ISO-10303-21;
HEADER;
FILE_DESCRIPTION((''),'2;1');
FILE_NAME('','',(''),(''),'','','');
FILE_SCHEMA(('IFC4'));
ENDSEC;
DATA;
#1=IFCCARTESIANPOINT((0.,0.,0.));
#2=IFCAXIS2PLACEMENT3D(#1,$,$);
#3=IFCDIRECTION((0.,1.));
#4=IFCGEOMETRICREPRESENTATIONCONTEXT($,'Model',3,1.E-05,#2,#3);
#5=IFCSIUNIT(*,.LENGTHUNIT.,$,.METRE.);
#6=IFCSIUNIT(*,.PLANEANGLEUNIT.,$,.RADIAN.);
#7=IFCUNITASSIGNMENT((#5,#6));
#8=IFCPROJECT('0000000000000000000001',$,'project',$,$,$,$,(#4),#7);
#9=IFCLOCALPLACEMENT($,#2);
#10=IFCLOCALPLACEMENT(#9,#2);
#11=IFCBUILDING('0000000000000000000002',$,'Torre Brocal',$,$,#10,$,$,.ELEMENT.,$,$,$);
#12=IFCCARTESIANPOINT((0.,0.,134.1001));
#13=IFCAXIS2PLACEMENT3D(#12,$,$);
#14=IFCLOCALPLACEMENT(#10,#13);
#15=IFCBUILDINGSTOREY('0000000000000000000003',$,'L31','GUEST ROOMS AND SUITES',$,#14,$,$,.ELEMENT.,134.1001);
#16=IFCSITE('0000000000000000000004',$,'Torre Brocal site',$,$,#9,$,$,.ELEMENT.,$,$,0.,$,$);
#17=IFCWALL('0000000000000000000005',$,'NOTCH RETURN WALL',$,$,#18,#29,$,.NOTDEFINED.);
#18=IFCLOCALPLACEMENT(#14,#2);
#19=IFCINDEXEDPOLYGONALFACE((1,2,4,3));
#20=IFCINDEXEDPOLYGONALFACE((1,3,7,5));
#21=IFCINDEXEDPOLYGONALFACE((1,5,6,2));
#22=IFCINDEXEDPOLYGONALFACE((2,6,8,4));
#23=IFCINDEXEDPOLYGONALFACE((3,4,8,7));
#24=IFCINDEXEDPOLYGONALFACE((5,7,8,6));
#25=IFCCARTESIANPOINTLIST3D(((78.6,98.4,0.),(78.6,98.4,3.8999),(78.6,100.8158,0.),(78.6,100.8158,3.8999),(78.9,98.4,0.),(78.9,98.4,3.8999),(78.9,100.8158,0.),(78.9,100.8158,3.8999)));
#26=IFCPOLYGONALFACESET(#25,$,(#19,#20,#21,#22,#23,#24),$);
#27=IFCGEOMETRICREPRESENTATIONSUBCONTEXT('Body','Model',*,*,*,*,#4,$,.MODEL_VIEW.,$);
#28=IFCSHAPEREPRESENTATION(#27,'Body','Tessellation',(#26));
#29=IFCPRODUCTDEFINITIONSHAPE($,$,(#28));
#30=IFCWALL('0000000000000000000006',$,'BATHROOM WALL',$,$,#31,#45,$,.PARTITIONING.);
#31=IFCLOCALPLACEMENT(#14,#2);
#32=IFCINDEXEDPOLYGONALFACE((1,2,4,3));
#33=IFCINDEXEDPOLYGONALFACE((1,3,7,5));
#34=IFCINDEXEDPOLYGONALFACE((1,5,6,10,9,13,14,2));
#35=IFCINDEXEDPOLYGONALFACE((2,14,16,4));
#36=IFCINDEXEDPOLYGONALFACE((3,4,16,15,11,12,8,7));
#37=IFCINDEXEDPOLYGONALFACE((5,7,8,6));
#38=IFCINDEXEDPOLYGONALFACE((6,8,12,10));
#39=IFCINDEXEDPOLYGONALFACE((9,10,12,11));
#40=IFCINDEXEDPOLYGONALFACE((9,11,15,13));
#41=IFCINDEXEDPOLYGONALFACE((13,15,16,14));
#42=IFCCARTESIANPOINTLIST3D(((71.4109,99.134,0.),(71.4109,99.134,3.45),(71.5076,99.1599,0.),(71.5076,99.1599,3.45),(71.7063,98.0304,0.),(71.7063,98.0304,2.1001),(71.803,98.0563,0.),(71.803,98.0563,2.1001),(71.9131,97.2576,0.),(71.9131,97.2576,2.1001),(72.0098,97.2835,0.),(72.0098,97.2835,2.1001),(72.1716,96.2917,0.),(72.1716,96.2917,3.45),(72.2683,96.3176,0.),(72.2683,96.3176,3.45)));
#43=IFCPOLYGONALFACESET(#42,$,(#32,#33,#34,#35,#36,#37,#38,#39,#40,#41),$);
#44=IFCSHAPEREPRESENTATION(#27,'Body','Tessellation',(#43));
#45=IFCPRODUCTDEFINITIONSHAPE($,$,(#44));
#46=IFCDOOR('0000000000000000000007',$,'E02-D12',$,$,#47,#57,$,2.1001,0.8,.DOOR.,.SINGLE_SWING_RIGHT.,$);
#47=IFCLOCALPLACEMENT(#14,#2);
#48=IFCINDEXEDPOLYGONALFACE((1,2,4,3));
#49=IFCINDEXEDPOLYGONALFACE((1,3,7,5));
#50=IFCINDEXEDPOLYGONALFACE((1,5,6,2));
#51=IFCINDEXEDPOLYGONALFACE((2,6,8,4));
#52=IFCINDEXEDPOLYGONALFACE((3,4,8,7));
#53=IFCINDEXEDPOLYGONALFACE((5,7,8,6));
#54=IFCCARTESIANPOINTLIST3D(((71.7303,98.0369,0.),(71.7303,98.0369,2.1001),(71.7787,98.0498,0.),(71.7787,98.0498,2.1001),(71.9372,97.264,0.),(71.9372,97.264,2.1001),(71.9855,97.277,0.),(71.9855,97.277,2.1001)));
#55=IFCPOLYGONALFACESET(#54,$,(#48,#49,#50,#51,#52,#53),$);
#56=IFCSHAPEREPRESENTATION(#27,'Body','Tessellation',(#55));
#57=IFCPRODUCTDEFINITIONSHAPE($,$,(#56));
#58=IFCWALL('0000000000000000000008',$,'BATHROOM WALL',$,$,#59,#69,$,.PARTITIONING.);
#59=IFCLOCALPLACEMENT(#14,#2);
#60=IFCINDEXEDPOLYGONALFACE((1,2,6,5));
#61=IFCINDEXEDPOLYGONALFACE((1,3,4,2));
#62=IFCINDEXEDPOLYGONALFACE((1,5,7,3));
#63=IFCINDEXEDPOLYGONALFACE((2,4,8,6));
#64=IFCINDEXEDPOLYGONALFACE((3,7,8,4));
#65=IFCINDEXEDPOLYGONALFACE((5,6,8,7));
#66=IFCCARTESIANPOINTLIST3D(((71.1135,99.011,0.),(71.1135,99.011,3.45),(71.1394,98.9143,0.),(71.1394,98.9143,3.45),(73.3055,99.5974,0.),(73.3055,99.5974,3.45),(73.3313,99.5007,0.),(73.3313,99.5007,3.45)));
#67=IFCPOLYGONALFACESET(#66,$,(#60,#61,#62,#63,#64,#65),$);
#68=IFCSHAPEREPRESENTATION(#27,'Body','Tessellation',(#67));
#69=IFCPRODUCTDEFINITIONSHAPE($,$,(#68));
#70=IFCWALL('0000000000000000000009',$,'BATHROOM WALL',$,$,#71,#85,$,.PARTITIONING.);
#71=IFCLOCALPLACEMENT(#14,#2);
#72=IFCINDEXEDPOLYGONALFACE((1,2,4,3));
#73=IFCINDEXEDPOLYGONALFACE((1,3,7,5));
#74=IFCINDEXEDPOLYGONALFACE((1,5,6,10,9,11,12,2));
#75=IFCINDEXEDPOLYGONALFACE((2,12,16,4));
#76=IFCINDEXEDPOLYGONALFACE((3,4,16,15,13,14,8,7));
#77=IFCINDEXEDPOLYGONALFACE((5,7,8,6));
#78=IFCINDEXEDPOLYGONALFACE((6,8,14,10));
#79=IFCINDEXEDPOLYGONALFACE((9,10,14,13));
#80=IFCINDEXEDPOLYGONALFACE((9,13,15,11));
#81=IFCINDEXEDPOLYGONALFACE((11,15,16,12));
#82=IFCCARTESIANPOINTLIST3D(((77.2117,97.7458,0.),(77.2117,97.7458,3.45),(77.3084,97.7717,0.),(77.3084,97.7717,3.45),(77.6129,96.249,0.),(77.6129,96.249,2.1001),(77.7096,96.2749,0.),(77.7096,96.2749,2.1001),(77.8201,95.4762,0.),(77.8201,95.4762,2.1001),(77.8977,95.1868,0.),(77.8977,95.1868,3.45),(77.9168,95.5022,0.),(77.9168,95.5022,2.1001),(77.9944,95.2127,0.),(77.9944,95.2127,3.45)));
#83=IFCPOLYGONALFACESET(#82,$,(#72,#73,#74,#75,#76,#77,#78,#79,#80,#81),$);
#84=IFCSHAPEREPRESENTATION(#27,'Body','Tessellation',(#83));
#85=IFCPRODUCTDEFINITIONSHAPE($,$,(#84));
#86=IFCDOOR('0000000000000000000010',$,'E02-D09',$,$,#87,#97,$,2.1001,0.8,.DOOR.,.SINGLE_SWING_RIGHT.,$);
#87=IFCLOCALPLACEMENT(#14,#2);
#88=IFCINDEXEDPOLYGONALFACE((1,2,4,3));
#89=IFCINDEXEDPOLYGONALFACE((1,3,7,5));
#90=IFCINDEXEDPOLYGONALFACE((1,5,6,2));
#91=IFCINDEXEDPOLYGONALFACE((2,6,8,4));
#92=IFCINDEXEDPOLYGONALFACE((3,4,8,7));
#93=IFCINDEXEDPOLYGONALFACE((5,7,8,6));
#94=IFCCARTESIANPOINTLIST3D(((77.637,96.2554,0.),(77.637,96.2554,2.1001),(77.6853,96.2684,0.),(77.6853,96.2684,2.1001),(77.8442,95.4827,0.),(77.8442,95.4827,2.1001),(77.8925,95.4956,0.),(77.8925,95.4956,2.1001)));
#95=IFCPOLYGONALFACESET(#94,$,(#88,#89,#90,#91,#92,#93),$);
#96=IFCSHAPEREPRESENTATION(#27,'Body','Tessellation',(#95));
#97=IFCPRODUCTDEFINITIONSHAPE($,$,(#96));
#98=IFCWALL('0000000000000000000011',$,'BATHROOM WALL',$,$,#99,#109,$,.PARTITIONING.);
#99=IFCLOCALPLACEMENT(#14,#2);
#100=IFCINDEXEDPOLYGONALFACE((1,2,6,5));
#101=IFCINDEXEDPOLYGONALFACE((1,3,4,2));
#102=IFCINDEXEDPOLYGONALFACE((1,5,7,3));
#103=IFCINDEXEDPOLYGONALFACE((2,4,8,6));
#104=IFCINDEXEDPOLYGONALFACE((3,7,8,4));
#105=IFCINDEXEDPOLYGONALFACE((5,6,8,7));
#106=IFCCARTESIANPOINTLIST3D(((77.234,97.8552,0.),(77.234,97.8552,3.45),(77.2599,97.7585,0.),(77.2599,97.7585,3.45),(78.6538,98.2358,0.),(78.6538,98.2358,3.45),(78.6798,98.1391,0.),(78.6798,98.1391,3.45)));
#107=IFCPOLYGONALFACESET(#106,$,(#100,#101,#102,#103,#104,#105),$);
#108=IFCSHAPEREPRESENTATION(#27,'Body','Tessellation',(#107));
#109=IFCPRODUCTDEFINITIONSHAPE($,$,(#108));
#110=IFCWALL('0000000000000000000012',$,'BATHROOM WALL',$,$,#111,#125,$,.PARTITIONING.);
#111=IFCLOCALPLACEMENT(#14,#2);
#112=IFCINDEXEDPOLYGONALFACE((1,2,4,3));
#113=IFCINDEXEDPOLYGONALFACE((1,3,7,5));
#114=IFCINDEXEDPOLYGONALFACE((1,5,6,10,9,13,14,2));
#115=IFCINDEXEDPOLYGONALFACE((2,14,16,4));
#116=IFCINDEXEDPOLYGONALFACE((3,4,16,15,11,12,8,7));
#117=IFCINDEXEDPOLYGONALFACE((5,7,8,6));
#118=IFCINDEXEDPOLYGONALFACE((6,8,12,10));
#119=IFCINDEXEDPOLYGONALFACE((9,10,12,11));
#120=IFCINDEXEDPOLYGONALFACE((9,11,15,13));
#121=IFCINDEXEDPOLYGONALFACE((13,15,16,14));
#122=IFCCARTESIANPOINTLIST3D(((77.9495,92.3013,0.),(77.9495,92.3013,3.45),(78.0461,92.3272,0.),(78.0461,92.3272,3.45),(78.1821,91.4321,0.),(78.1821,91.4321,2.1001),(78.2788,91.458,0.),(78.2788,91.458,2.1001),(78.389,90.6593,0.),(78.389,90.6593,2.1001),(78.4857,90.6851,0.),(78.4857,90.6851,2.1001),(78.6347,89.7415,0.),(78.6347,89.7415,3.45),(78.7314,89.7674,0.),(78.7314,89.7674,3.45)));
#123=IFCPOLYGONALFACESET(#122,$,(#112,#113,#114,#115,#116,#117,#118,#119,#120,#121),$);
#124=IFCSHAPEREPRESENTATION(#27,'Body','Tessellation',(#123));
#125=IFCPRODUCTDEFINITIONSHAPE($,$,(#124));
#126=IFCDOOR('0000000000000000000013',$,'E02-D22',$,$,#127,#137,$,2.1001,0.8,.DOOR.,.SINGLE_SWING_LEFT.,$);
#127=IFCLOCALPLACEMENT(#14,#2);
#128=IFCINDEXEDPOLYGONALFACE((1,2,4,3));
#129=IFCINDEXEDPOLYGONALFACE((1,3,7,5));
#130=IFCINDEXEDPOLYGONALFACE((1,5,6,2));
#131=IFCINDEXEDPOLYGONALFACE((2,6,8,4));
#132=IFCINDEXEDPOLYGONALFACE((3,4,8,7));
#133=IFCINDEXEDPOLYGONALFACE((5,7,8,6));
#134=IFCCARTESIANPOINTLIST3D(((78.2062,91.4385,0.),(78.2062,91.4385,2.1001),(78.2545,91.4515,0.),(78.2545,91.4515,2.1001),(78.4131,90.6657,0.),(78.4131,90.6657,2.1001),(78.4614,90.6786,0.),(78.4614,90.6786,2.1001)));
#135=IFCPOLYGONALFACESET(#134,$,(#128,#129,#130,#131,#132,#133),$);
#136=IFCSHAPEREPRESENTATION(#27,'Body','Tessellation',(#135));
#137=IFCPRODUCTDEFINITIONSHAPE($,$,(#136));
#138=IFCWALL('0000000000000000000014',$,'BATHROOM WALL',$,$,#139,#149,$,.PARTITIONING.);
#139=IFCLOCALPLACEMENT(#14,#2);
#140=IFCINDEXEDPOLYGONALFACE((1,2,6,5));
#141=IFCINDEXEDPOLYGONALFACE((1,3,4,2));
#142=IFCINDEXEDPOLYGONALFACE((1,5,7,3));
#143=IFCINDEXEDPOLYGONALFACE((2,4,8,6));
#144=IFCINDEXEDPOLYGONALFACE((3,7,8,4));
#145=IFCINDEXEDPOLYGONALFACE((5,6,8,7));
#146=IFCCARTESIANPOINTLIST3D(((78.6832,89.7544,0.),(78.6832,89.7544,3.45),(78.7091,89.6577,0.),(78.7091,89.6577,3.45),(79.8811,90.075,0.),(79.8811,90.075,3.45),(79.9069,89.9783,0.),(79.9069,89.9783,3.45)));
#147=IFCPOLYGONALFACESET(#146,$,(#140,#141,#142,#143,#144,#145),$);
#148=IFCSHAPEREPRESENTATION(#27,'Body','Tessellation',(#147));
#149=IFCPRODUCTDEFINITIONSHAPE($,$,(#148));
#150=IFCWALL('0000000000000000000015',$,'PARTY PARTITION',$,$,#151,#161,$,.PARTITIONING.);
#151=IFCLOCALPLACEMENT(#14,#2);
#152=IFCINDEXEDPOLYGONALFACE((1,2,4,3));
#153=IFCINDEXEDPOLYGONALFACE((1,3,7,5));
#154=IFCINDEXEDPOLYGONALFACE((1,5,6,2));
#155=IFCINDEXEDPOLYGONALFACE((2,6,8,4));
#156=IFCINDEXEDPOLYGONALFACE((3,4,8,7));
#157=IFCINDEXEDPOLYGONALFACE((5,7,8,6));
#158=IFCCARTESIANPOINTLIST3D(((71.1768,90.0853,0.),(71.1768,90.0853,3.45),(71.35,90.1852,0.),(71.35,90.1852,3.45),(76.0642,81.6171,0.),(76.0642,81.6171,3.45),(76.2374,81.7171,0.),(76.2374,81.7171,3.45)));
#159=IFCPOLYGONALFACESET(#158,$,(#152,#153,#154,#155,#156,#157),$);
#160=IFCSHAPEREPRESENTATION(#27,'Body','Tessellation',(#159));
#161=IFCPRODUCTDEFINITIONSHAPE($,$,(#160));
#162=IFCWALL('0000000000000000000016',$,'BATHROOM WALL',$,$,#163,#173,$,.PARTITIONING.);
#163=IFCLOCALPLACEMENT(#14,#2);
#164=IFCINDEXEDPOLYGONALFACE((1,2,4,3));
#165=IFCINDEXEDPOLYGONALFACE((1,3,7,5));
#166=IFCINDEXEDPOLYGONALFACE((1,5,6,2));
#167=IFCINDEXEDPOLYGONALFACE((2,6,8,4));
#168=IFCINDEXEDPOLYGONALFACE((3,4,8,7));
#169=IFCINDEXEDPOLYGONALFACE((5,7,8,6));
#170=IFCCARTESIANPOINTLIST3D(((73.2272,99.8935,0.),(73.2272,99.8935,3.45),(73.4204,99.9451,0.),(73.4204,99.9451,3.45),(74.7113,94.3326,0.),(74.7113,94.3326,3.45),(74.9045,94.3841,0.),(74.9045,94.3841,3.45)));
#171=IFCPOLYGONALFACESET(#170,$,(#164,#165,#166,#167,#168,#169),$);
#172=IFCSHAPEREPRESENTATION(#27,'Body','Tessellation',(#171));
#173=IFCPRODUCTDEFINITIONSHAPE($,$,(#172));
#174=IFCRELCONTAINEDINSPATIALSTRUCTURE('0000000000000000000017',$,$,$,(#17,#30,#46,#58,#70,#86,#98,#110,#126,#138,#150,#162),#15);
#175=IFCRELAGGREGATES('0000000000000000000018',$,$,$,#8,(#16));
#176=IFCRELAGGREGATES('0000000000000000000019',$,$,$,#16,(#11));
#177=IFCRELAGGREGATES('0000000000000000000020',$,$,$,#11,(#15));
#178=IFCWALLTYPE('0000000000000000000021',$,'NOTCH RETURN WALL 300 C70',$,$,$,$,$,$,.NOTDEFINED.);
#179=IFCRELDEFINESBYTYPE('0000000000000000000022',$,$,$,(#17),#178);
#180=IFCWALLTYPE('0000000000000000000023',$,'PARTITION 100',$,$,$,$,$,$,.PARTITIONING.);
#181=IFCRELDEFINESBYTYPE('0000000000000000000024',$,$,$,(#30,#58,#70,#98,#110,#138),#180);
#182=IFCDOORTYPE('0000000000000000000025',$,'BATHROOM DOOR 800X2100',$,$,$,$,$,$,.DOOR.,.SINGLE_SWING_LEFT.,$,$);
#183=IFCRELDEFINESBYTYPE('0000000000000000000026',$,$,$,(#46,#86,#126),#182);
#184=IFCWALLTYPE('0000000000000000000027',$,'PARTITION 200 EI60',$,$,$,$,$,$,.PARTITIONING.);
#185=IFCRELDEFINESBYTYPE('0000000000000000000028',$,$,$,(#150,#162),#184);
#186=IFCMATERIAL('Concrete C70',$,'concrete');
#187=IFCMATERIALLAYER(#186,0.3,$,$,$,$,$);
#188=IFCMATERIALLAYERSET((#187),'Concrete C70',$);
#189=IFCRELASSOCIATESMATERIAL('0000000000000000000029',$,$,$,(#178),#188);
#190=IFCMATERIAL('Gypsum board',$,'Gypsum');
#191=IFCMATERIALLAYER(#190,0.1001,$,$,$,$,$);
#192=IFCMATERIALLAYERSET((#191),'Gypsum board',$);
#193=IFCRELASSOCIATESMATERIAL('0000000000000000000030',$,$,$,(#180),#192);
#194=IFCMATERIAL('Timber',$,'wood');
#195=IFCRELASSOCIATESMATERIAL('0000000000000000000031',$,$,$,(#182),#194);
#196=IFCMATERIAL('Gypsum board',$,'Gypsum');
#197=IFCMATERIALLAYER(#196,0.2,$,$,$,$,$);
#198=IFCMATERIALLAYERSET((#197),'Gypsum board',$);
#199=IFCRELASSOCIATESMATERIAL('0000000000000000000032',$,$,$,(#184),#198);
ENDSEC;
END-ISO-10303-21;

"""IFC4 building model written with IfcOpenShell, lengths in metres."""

from ifc_helpers import new_model, si_unit, direction, frame, frame_2d, origin, place, context, subcontext, project, spatial, rectangle, extrude, material, layer, layer_set, type_object, element, fill, save


model = new_model("IFC4")

# Units and contexts
model_context = context("Model", 3, precision=1e-05, world=origin(), true_north=direction((0.0, 1.0)))
body_context = subcontext(model_context, "Body", "Model", "MODEL_VIEW")
ifc_project = project(units=[si_unit("LENGTHUNIT", "METRE"), si_unit("PLANEANGLEUNIT", "RADIAN")], contexts=[model_context])

# Site, building, storey
site_placement = place(None, origin())
site = spatial("IfcSite", under=ifc_project, at=site_placement, Name="Torre Brocal site", CompositionType="ELEMENT", RefElevation=0.0)
building_placement = place(site_placement, origin())
building = spatial("IfcBuilding", under=site, at=building_placement, Name="Torre Brocal", CompositionType="ELEMENT")
storey_placement = place(building_placement, frame((0.0, 0.0, 134.1001)))
storey = spatial("IfcBuildingStorey", under=building, at=storey_placement, Name="L31", Description="GUEST ROOMS AND SUITES", CompositionType="ELEMENT", Elevation=134.1001)

# Wall
ifc_material_1 = material(Name="Concrete C70", Category="concrete")
ifc_layer_1 = layer(ifc_material_1, 0.3)
ifc_layer_set_1 = layer_set([ifc_layer_1], Name="Concrete C70")
wall_type_1 = type_object("IfcWallType", Name="NOTCH RETURN WALL 300 C70", PredefinedType="NOTDEFINED", material=ifc_layer_set_1)
wall_1_placement = place(storey_placement, frame((78.75, 98.3999, 0.0), z_axis=(0.0, 0.0, 1.0), x_axis=(0.0, 1.0, 0.0)))
element("IfcWall", 1, at=wall_1_placement, inside=storey, type_object=wall_type_1, Name="NOTCH RETURN WALL", PredefinedType="NOTDEFINED", context=body_context, shape_type="SweptSolid", body=[
    extrude(rectangle(XDim=2.4158, YDim=0.3, at=frame_2d((1.208, 0.0))), origin(), (0.0, 0.0, 1.0), 3.8999),
])

# Wall, opening, door
ifc_material_2 = material(Name="Gypsum board", Category="Gypsum")
ifc_layer_2 = layer(ifc_material_2, 0.1001)
ifc_layer_set_2 = layer_set([ifc_layer_2], Name="Gypsum board")
wall_type_2 = type_object("IfcWallType", Name="PARTITION 100", PredefinedType="PARTITIONING", material=ifc_layer_set_2)
wall_2_placement = place(storey_placement, frame((71.4592, 99.147, 0.0), z_axis=(0.0, 0.0, 1.0), x_axis=(0.258551, -0.965998, 0.0)))
wall_2 = element("IfcWall", 2, at=wall_2_placement, inside=storey, type_object=wall_type_2, Name="BATHROOM WALL", PredefinedType="PARTITIONING", context=body_context, shape_type="SweptSolid", body=[
    extrude(rectangle(XDim=2.9424, YDim=0.1001, at=frame_2d((1.4712, 0.0))), origin(), (0.0, 0.0, 1.0), 3.45),
])
opening_1_placement = place(wall_2_placement, frame((1.1426, 0.0, 0.0)))
opening_1 = element("IfcOpeningElement", 3, at=opening_1_placement, cuts=wall_2, PredefinedType="OPENING", context=body_context, shape_type="SweptSolid", body=[
    extrude(rectangle(XDim=0.8, YDim=2.1001, at=frame_2d((0.3999, 1.05))), frame((0.0, 0.0601, 0.0), z_axis=(0.0, -1.0, 0.0), x_axis=(1.0, 0.0, 0.0)), (0.0, 0.0, 1.0), 0.1201),
])
ifc_material_3 = material(Name="Timber", Category="wood")
door_type_1 = type_object("IfcDoorType", Name="BATHROOM DOOR 800X2100", OperationType="SINGLE_SWING_LEFT", PredefinedType="DOOR", material=ifc_material_3)
door_1_placement = place(opening_1_placement, origin())
door_1 = element("IfcDoor", 4, at=door_1_placement, inside=storey, type_object=door_type_1, Name="E02-D12", OperationType="SINGLE_SWING_RIGHT", OverallHeight=2.1001, OverallWidth=0.8, PredefinedType="DOOR", context=body_context, shape_type="SweptSolid", body=[
    extrude(rectangle(XDim=0.8, YDim=2.1001, at=frame_2d((0.3999, 1.05))), frame((0.0, 0.0249, 0.0), z_axis=(0.0, -1.0, 0.0), x_axis=(1.0, 0.0, 0.0)), (0.0, 0.0, 1.0), 0.05),
])
fill(opening_1, door_1)

# Wall
wall_3_placement = place(storey_placement, frame((71.1265, 98.9626, 0.0), z_axis=(0.0, 0.0, 1.0), x_axis=(0.966024, 0.258453, 0.0)))
element("IfcWall", 5, at=wall_3_placement, inside=storey, type_object=wall_type_2, Name="BATHROOM WALL", PredefinedType="PARTITIONING", context=body_context, shape_type="SweptSolid", body=[
    extrude(rectangle(XDim=2.269, YDim=0.1001, at=frame_2d((1.1345, 0.0))), origin(), (0.0, 0.0, 1.0), 3.45),
])

# Wall, opening, door
wall_4_placement = place(storey_placement, frame((77.26, 97.7588, 0.0), z_axis=(0.0, 0.0, 1.0), x_axis=(0.258936, -0.965895, 0.0)))
wall_4 = element("IfcWall", 6, at=wall_4_placement, inside=storey, type_object=wall_type_2, Name="BATHROOM WALL", PredefinedType="PARTITIONING", context=body_context, shape_type="SweptSolid", body=[
    extrude(rectangle(XDim=2.6494, YDim=0.1001, at=frame_2d((1.3247, 0.0))), origin(), (0.0, 0.0, 1.0), 3.45),
])
opening_2_placement = place(wall_4_placement, frame((1.5498, 0.0, 0.0)))
opening_2 = element("IfcOpeningElement", 7, at=opening_2_placement, cuts=wall_4, PredefinedType="OPENING", context=body_context, shape_type="SweptSolid", body=[
    extrude(rectangle(XDim=0.8, YDim=2.1001, at=frame_2d((0.3999, 1.05))), frame((0.0, 0.0601, 0.0), z_axis=(0.0, -1.0, 0.0), x_axis=(1.0, 0.0, 0.0)), (0.0, 0.0, 1.0), 0.1201),
])
door_2_placement = place(opening_2_placement, origin())
door_2 = element("IfcDoor", 8, at=door_2_placement, inside=storey, type_object=door_type_1, Name="E02-D09", OperationType="SINGLE_SWING_RIGHT", OverallHeight=2.1001, OverallWidth=0.8, PredefinedType="DOOR", context=body_context, shape_type="SweptSolid", body=[
    extrude(rectangle(XDim=0.8, YDim=2.1001, at=frame_2d((0.3999, 1.05))), frame((0.0, 0.0249, 0.0), z_axis=(0.0, -1.0, 0.0), x_axis=(1.0, 0.0, 0.0)), (0.0, 0.0, 1.0), 0.05),
])
fill(opening_2, door_2)

# Wall
wall_5_placement = place(storey_placement, frame((77.2471, 97.8069, 0.0), z_axis=(0.0, 0.0, 1.0), x_axis=(0.965901, 0.258913, 0.0)))
element("IfcWall", 9, at=wall_5_placement, inside=storey, type_object=wall_type_2, Name="BATHROOM WALL", PredefinedType="PARTITIONING", context=body_context, shape_type="SweptSolid", body=[
    extrude(rectangle(XDim=1.47, YDim=0.1001, at=frame_2d((0.7349, 0.0))), origin(), (0.0, 0.0, 1.0), 3.45),
])

# Wall, opening, door
wall_6_placement = place(storey_placement, frame((77.9978, 92.3142, 0.0), z_axis=(0.0, 0.0, 1.0), x_axis=(0.258609, -0.965982, 0.0)))
wall_6 = element("IfcWall", 10, at=wall_6_placement, inside=storey, type_object=wall_type_2, Name="BATHROOM WALL", PredefinedType="PARTITIONING", context=body_context, shape_type="SweptSolid", body=[
    extrude(rectangle(XDim=2.6499, YDim=0.1001, at=frame_2d((1.325, 0.0))), origin(), (0.0, 0.0, 1.0), 3.45),
])
opening_3_placement = place(wall_6_placement, frame((0.8999, 0.0, 0.0)))
opening_3 = element("IfcOpeningElement", 11, at=opening_3_placement, cuts=wall_6, PredefinedType="OPENING", context=body_context, shape_type="SweptSolid", body=[
    extrude(rectangle(XDim=0.8, YDim=2.1001, at=frame_2d((0.3999, 1.05))), frame((0.0, 0.0601, 0.0), z_axis=(0.0, -1.0, 0.0), x_axis=(1.0, 0.0, 0.0)), (0.0, 0.0, 1.0), 0.1201),
])
door_3_placement = place(opening_3_placement, origin())
door_3 = element("IfcDoor", 12, at=door_3_placement, inside=storey, type_object=door_type_1, Name="E02-D22", OperationType="SINGLE_SWING_LEFT", OverallHeight=2.1001, OverallWidth=0.8, PredefinedType="DOOR", context=body_context, shape_type="SweptSolid", body=[
    extrude(rectangle(XDim=0.8, YDim=2.1001, at=frame_2d((0.3999, 1.05))), frame((0.0, 0.0249, 0.0), z_axis=(0.0, -1.0, 0.0), x_axis=(1.0, 0.0, 0.0)), (0.0, 0.0, 1.0), 0.05),
])
fill(opening_3, door_3)

# Walls
wall_7_placement = place(storey_placement, frame((78.696, 89.7061, 0.0), z_axis=(0.0, 0.0, 1.0), x_axis=(0.966003, 0.258533, 0.0)))
element("IfcWall", 13, at=wall_7_placement, inside=storey, type_object=wall_type_2, Name="BATHROOM WALL", PredefinedType="PARTITIONING", context=body_context, shape_type="SweptSolid", body=[
    extrude(rectangle(XDim=1.24, YDim=0.1001, at=frame_2d((0.6201, 0.0))), origin(), (0.0, 0.0, 1.0), 3.45),
])
ifc_material_4 = material(Name="Gypsum board", Category="Gypsum")
ifc_layer_3 = layer(ifc_material_4, 0.2)
ifc_layer_set_3 = layer_set([ifc_layer_3], Name="Gypsum board")
wall_type_3 = type_object("IfcWallType", Name="PARTITION 200 EI60", PredefinedType="PARTITIONING", material=ifc_layer_set_3)
wall_8_placement = place(storey_placement, frame((71.2634, 90.1353, 0.0), z_axis=(0.0, 0.0, 1.0), x_axis=(0.499869, -0.866101, 0.0)))
element("IfcWall", 14, at=wall_8_placement, inside=storey, type_object=wall_type_3, Name="PARTY PARTITION", PredefinedType="PARTITIONING", context=body_context, shape_type="SweptSolid", body=[
    extrude(rectangle(XDim=9.7773, YDim=0.2, at=frame_2d((4.8887, 0.0))), origin(), (0.0, 0.0, 1.0), 3.45),
])
wall_9_placement = place(storey_placement, frame((73.3237, 99.9194, 0.0), z_axis=(0.0, 0.0, 1.0), x_axis=(0.257855, -0.966184, 0.0)))
element("IfcWall", 15, at=wall_9_placement, inside=storey, type_object=wall_type_3, Name="BATHROOM WALL", PredefinedType="PARTITIONING", context=body_context, shape_type="SweptSolid", body=[
    extrude(rectangle(XDim=5.7556, YDim=0.2, at=frame_2d((2.8779, 0.0))), origin(), (0.0, 0.0, 1.0), 3.45),
])

save(model, "model.ifc")
